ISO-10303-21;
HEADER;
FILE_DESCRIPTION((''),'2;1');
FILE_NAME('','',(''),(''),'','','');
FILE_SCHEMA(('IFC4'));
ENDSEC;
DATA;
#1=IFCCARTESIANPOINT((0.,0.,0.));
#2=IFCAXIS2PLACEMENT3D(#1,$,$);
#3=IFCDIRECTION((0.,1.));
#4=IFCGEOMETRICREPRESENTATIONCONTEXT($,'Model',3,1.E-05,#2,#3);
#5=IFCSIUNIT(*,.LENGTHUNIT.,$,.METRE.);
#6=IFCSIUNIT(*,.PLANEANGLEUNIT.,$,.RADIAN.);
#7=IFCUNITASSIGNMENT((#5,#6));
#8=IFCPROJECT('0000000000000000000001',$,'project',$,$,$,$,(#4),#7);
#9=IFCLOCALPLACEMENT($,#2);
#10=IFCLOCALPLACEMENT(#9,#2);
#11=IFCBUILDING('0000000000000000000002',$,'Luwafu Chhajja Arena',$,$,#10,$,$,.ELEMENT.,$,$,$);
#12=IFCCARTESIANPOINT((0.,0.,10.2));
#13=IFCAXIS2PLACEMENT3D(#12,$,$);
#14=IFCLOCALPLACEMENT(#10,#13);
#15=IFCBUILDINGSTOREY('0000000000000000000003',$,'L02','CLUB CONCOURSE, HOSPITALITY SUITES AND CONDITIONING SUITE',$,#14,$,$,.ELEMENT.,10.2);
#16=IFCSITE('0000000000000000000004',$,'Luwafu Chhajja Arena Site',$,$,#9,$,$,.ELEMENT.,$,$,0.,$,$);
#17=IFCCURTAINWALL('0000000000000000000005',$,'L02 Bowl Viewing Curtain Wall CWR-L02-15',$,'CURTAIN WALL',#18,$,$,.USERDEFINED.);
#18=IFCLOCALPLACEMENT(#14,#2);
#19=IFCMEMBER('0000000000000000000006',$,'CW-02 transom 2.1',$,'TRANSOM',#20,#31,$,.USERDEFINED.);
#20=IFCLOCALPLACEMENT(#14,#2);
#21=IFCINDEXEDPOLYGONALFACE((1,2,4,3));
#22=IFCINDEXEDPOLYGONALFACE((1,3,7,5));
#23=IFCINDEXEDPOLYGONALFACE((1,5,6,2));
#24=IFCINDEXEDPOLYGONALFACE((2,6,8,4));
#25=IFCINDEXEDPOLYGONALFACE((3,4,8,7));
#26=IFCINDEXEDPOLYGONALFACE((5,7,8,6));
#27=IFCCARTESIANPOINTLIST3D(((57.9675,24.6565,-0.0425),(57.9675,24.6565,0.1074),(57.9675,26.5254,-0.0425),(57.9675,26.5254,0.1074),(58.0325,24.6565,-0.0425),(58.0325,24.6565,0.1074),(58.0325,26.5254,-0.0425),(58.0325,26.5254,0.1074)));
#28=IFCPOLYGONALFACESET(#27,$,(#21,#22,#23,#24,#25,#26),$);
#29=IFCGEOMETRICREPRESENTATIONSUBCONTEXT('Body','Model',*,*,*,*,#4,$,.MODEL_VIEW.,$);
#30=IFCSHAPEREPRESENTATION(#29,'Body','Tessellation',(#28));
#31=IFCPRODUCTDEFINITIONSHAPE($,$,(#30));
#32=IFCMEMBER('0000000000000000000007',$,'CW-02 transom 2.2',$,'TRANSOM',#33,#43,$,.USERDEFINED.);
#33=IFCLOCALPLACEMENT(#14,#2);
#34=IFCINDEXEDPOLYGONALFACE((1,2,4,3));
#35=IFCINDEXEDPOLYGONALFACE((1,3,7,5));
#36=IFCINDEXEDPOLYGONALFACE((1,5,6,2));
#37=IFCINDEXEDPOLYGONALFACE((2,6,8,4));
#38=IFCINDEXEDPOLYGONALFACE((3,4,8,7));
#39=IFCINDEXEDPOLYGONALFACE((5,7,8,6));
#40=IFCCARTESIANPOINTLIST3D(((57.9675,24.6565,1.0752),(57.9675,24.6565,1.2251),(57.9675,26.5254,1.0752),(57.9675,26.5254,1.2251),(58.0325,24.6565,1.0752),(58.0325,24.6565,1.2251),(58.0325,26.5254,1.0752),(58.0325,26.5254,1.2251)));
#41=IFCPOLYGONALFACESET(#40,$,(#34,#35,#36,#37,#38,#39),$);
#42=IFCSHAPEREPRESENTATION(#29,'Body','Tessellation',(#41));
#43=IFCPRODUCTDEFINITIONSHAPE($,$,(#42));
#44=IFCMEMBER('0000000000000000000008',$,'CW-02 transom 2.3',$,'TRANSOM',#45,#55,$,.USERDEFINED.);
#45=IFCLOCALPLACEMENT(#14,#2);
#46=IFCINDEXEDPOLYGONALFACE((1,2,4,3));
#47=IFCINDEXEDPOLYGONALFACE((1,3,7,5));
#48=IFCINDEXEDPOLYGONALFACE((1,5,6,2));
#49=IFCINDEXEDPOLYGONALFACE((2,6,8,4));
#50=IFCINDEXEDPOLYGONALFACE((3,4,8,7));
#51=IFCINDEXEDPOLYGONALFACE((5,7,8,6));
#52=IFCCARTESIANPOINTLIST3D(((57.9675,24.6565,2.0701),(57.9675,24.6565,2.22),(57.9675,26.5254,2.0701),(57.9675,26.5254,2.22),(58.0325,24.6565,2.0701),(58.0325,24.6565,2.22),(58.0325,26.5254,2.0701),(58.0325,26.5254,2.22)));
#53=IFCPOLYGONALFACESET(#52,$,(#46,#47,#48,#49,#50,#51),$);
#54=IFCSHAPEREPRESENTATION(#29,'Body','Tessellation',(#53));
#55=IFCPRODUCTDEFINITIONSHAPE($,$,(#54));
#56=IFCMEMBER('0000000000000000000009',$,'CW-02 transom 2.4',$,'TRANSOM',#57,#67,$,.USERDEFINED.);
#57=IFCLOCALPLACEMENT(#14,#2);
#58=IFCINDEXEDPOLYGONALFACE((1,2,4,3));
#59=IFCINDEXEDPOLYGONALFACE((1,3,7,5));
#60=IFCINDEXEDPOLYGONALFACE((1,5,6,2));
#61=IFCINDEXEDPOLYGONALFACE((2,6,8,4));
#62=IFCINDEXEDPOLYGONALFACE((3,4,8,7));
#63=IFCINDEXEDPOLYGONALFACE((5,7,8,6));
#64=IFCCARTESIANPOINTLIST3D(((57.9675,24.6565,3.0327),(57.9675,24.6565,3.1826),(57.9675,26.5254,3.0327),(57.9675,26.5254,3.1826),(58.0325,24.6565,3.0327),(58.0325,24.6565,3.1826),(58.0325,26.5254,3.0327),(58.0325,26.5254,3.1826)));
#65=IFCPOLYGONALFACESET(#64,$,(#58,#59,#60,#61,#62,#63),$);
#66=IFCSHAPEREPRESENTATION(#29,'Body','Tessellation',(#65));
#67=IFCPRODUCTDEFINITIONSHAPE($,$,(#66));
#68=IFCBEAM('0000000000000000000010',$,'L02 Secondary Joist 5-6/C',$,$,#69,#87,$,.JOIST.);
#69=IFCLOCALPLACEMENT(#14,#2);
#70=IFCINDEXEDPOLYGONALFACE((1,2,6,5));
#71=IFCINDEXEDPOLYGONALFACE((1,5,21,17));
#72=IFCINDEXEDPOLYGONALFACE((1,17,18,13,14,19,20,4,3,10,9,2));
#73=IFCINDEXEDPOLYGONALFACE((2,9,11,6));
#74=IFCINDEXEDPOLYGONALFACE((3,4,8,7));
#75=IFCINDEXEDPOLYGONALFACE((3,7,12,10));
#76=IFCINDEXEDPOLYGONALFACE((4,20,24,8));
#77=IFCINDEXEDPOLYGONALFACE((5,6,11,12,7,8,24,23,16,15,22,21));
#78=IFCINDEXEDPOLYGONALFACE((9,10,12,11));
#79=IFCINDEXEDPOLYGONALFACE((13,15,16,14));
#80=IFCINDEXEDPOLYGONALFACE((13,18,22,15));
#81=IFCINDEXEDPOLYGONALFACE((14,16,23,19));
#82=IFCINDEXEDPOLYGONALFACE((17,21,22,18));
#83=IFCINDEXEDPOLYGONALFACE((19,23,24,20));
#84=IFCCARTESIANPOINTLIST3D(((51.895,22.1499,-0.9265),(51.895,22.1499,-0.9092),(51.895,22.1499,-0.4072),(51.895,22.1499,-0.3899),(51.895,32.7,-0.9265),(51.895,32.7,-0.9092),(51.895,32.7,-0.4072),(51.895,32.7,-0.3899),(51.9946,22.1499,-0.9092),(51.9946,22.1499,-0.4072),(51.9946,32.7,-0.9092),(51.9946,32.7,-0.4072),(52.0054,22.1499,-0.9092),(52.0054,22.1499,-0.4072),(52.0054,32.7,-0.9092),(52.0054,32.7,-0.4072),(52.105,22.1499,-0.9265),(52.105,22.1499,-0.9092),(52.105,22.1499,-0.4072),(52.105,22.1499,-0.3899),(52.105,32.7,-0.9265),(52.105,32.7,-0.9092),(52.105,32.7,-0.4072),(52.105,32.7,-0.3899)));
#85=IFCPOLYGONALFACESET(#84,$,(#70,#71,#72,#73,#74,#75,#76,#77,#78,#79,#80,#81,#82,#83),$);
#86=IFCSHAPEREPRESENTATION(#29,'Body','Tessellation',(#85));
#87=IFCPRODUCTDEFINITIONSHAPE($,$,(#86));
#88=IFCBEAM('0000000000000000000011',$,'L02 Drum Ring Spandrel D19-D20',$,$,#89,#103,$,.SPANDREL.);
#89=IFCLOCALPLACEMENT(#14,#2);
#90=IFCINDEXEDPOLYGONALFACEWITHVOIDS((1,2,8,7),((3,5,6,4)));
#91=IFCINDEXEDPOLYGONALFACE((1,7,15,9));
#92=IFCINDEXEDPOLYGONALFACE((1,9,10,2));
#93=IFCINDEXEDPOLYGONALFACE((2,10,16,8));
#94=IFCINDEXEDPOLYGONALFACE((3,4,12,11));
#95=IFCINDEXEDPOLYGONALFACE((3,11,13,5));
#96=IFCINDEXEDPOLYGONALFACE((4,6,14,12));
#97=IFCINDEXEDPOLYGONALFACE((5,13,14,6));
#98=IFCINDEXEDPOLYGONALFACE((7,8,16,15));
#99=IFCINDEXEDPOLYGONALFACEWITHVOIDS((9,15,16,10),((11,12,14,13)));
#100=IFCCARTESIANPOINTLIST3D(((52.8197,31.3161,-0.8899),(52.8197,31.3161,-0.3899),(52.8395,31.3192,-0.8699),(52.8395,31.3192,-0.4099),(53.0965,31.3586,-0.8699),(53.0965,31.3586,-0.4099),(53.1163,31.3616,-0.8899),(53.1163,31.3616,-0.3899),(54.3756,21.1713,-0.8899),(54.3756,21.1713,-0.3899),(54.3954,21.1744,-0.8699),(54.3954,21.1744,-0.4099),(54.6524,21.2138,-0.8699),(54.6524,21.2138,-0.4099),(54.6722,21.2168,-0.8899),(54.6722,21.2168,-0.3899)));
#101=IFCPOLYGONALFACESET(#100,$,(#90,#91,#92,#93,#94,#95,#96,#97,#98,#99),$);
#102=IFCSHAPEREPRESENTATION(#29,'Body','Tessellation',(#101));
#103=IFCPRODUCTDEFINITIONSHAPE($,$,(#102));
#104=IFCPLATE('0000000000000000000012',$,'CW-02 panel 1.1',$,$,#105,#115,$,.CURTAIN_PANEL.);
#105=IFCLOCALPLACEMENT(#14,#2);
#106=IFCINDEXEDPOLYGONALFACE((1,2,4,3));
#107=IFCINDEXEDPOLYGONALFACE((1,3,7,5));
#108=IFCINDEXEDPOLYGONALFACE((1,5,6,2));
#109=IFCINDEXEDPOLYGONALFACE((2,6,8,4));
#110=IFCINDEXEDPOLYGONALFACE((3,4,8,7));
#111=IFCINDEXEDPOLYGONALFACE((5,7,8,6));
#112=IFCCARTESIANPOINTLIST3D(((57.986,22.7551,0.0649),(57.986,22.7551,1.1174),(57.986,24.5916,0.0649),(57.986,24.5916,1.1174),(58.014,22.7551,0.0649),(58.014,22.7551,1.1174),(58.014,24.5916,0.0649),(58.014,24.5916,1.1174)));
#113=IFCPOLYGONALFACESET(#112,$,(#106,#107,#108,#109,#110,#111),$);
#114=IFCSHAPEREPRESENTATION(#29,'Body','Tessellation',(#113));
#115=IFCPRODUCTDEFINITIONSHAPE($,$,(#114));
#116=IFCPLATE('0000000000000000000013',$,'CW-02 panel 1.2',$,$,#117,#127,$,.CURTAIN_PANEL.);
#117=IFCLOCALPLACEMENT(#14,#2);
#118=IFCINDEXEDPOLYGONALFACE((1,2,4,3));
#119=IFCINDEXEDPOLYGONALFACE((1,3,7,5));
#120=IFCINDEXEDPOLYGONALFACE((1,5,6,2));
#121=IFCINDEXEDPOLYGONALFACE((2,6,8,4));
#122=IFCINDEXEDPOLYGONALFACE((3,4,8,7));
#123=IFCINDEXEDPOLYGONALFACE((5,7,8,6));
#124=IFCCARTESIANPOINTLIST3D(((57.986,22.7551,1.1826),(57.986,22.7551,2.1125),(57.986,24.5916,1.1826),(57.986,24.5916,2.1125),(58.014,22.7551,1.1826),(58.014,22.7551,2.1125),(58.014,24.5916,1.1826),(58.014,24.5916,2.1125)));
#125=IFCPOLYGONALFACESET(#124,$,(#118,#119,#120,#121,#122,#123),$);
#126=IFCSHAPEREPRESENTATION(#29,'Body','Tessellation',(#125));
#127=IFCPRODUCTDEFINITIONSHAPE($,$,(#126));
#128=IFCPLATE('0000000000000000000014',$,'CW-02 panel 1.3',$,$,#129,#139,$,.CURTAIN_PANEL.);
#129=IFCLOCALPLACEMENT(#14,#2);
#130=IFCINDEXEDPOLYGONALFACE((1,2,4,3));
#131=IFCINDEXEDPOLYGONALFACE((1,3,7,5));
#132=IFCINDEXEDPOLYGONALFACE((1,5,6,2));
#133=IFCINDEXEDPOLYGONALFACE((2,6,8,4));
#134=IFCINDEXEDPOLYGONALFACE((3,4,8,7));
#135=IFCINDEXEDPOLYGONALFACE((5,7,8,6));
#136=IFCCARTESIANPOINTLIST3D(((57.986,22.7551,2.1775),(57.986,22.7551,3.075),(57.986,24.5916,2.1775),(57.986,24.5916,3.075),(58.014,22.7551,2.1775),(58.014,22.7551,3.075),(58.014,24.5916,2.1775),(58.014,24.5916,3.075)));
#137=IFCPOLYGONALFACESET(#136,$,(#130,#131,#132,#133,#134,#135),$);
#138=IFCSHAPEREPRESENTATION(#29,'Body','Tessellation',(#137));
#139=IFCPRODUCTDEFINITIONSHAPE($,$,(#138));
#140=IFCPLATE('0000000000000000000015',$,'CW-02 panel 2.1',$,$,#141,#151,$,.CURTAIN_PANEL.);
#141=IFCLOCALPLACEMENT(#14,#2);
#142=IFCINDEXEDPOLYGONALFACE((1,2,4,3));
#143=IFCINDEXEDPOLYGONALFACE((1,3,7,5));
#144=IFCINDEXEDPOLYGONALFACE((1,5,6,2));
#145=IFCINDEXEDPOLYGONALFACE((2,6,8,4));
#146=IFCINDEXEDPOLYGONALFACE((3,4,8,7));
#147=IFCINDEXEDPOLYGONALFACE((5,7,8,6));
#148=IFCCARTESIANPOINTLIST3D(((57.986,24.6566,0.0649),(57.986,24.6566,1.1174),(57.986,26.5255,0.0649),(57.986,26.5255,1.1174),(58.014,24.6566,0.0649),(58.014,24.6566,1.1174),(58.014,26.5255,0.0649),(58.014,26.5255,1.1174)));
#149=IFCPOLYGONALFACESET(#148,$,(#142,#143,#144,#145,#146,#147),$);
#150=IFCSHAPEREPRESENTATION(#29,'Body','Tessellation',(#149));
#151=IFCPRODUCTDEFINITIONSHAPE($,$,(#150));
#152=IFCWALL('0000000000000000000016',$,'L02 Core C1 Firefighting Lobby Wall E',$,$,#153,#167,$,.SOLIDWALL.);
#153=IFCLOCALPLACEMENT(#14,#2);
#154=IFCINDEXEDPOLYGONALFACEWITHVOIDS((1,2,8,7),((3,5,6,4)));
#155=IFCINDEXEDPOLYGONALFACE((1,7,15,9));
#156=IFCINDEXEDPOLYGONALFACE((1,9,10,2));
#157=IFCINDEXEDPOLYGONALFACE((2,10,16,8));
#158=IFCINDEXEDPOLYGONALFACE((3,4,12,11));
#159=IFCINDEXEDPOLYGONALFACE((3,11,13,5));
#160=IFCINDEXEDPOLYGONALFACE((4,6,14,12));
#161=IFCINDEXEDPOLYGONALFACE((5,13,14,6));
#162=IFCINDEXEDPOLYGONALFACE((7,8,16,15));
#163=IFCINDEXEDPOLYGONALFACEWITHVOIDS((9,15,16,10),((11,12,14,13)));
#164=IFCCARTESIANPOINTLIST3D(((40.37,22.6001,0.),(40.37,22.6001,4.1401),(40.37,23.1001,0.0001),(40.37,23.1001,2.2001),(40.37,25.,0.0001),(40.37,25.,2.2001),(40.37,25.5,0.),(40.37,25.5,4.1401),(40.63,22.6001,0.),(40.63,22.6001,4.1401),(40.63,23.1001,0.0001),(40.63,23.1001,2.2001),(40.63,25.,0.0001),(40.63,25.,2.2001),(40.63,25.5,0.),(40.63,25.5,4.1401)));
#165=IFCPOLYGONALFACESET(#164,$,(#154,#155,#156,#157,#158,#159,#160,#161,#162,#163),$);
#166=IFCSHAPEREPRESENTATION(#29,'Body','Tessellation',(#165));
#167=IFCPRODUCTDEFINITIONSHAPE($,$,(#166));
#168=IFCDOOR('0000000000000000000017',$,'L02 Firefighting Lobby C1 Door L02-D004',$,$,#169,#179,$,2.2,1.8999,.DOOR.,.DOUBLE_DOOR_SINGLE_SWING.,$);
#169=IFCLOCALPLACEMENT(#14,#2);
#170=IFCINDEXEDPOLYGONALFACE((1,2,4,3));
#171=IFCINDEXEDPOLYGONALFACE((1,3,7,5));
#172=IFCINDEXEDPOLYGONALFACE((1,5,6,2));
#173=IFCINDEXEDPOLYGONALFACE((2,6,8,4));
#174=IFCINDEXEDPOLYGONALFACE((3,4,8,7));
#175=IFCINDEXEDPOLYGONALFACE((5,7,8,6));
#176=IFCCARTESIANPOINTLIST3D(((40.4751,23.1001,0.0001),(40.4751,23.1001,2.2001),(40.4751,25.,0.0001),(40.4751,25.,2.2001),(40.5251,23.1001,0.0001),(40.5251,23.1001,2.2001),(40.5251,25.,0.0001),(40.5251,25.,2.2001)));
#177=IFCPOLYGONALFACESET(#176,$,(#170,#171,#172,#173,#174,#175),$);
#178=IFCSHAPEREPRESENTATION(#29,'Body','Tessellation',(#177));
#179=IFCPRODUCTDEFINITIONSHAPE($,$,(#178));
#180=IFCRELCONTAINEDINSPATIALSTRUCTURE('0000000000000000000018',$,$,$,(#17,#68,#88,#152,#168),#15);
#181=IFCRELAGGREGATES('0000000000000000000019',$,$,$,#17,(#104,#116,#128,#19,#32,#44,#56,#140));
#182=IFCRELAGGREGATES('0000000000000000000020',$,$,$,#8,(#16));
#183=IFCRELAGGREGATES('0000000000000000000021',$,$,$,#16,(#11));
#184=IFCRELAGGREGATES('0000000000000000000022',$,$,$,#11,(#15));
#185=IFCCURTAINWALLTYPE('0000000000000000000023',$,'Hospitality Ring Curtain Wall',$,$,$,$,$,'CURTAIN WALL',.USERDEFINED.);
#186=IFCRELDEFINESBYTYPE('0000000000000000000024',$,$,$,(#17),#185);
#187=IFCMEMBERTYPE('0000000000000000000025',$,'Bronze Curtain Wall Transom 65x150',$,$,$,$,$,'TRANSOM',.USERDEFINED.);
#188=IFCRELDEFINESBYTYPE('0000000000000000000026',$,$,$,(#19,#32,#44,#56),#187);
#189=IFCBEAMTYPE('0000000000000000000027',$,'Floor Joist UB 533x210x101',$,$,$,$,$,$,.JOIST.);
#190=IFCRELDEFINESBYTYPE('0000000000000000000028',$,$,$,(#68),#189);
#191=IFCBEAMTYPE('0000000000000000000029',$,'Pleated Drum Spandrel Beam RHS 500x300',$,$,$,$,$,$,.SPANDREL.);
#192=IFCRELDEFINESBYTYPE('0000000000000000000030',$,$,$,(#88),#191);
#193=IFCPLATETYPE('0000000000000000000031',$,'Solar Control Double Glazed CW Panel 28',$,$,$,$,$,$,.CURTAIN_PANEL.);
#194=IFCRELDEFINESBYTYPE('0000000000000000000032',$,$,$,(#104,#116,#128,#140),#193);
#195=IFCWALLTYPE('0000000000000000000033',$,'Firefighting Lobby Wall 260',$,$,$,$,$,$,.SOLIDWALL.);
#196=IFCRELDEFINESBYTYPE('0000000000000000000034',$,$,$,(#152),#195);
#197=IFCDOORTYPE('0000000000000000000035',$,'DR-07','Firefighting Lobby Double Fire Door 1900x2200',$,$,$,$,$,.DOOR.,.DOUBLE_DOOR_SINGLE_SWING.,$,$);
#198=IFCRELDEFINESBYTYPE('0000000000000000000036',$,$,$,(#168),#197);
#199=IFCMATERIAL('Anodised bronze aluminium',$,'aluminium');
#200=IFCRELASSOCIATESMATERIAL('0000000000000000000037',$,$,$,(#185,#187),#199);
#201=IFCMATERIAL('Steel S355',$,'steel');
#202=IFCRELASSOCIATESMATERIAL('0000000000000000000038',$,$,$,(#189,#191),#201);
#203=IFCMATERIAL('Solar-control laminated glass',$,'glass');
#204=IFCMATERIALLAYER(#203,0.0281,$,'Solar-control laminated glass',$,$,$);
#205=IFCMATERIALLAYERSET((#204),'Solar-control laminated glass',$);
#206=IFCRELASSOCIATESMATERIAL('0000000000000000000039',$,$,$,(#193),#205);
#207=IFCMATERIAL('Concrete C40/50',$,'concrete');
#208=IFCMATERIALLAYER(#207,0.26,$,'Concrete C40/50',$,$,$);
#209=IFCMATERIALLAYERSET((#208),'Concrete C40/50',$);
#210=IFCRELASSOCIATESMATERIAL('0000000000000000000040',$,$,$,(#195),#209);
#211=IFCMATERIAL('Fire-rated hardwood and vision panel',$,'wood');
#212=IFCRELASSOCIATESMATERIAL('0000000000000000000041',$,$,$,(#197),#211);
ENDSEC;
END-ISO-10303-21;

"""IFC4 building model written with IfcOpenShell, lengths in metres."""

from ifc_helpers import new_model, si_unit, direction, frame, frame_2d, origin, origin_2d, place, context, subcontext, project, spatial, rectangle, hollow_rectangle, i_section, extrude, material, layer, layer_set, material_profile, profile_set, type_object, element, fill, aggregate, save


model = new_model("IFC4")

# Units and contexts
model_context = context("Model", 3, precision=1e-05, world=origin(), true_north=direction((0.0, 1.0)))
body_context = subcontext(model_context, "Body", "Model", "MODEL_VIEW")
ifc_project = project(units=[si_unit("LENGTHUNIT", "METRE"), si_unit("PLANEANGLEUNIT", "RADIAN")], contexts=[model_context])

# Site, building, storey
site_placement = place(None, origin())
site = spatial("IfcSite", under=ifc_project, at=site_placement, Name="Luwafu Chhajja Arena Site", CompositionType="ELEMENT", RefElevation=0.0)
building_placement = place(site_placement, origin())
building = spatial("IfcBuilding", under=site, at=building_placement, Name="Luwafu Chhajja Arena", CompositionType="ELEMENT")
storey_placement = place(building_placement, frame((0.0, 0.0, 10.2)))
storey = spatial("IfcBuildingStorey", under=building, at=storey_placement, Name="L02", Description="CLUB CONCOURSE, HOSPITALITY SUITES AND CONDITIONING SUITE", CompositionType="ELEMENT", Elevation=10.2)

# Shared definitions
ifc_material_1 = material(Name="Steel S355", Category="steel")

# Curtain wall, members
ifc_material_2 = material(Name="Anodised bronze aluminium", Category="aluminium")
curtain_wall_type = type_object("IfcCurtainWallType", Name="Hospitality Ring Curtain Wall", ElementType="CURTAIN WALL", PredefinedType="USERDEFINED", material=ifc_material_2)
curtain_wall_placement = place(storey_placement, origin())
curtain_wall = element("IfcCurtainWall", 1, at=curtain_wall_placement, inside=storey, type_object=curtain_wall_type, Name="L02 Bowl Viewing Curtain Wall CWR-L02-15", ObjectType="CURTAIN WALL", PredefinedType="USERDEFINED")
ifc_material_profile_1 = material_profile(ifc_material_2, rectangle(XDim=0.0649, YDim=0.1499, at=origin_2d()), Name="CWT 65x150")
ifc_profile_set_1 = profile_set([ifc_material_profile_1], Name="Anodised bronze aluminium")
member_type_1 = type_object("IfcMemberType", Name="Bronze Curtain Wall Transom 65x150", ElementType="TRANSOM", PredefinedType="USERDEFINED", material=ifc_profile_set_1)
member_1_placement = place(storey_placement, frame((58.0, 24.6565, 0.0325), z_axis=(0.0, 1.0, 0.0), x_axis=(-1.0, 0.0, 0.0)))
member_1 = element("IfcMember", 2, at=member_1_placement, type_object=member_type_1, Name="CW-02 transom 2.1", ObjectType="TRANSOM", PredefinedType="USERDEFINED", context=body_context, shape_type="SweptSolid", body=[
    extrude(rectangle(XDim=0.0649, YDim=0.1499, at=origin_2d()), origin(), (0.0, 0.0, 1.0), 1.8689),
])
member_2_placement = place(storey_placement, frame((58.0, 24.6565, 1.1501), z_axis=(0.0, 1.0, 0.0), x_axis=(-1.0, 0.0, 0.0)))
member_2 = element("IfcMember", 3, at=member_2_placement, type_object=member_type_1, Name="CW-02 transom 2.2", ObjectType="TRANSOM", PredefinedType="USERDEFINED", context=body_context, shape_type="SweptSolid", body=[
    extrude(rectangle(XDim=0.0649, YDim=0.1499, at=origin_2d()), origin(), (0.0, 0.0, 1.0), 1.8689),
])
member_3_placement = place(storey_placement, frame((58.0, 24.6565, 2.145), z_axis=(0.0, 1.0, 0.0), x_axis=(-1.0, 0.0, 0.0)))
member_3 = element("IfcMember", 4, at=member_3_placement, type_object=member_type_1, Name="CW-02 transom 2.3", ObjectType="TRANSOM", PredefinedType="USERDEFINED", context=body_context, shape_type="SweptSolid", body=[
    extrude(rectangle(XDim=0.0649, YDim=0.1499, at=origin_2d()), origin(), (0.0, 0.0, 1.0), 1.8689),
])
member_4_placement = place(storey_placement, frame((58.0, 24.6565, 3.1077), z_axis=(0.0, 1.0, 0.0), x_axis=(-1.0, 0.0, 0.0)))
member_4 = element("IfcMember", 5, at=member_4_placement, type_object=member_type_1, Name="CW-02 transom 2.4", ObjectType="TRANSOM", PredefinedType="USERDEFINED", context=body_context, shape_type="SweptSolid", body=[
    extrude(rectangle(XDim=0.0649, YDim=0.1499, at=origin_2d()), origin(), (0.0, 0.0, 1.0), 1.8689),
])

# Beams
ifc_material_profile_2 = material_profile(ifc_material_1, i_section(OverallWidth=0.21, OverallDepth=0.5366, WebThickness=0.0107, FlangeThickness=0.0173, at=origin_2d()), Name="UB 533x210x101")
ifc_profile_set_2 = profile_set([ifc_material_profile_2], Name="Steel S355")
beam_type_1 = type_object("IfcBeamType", Name="Floor Joist UB 533x210x101", PredefinedType="JOIST", material=ifc_profile_set_2)
beam_1_placement = place(storey_placement, frame((52.0, 22.1499, -0.6582), z_axis=(0.0, 1.0, 0.0), x_axis=(-1.0, 0.0, 0.0)))
element("IfcBeam", 6, at=beam_1_placement, inside=storey, type_object=beam_type_1, Name="L02 Secondary Joist 5-6/C", PredefinedType="JOIST", context=body_context, shape_type="SweptSolid", body=[
    extrude(i_section(OverallWidth=0.21, OverallDepth=0.5366, WebThickness=0.0107, FlangeThickness=0.0173, at=origin_2d()), origin(), (0.0, 0.0, 1.0), 10.55),
])
ifc_material_profile_3 = material_profile(ifc_material_1, hollow_rectangle(XDim=0.3, YDim=0.5, WallThickness=0.02, at=origin_2d()), Name="RHS 500x300x20")
ifc_profile_set_3 = profile_set([ifc_material_profile_3], Name="Steel S355")
beam_type_2 = type_object("IfcBeamType", Name="Pleated Drum Spandrel Beam RHS 500x300", PredefinedType="SPANDREL", material=ifc_profile_set_3)
beam_2_placement = place(storey_placement, frame((52.968, 31.3389, -0.6399), z_axis=(0.151598, -0.988442, 0.0), x_axis=(0.988442, 0.151598, 0.0)))
element("IfcBeam", 7, at=beam_2_placement, inside=storey, type_object=beam_type_2, Name="L02 Drum Ring Spandrel D19-D20", PredefinedType="SPANDREL", context=body_context, shape_type="SweptSolid", body=[
    extrude(hollow_rectangle(XDim=0.3, YDim=0.5, WallThickness=0.02, at=origin_2d()), origin(), (0.0, 0.0, 1.0), 10.2634),
])

# Plates
ifc_material_3 = material(Name="Solar-control laminated glass", Category="glass")
ifc_layer_1 = layer(ifc_material_3, 0.0281, Name="Solar-control laminated glass")
ifc_layer_set_1 = layer_set([ifc_layer_1], Name="Solar-control laminated glass")
plate_type = type_object("IfcPlateType", Name="Solar Control Double Glazed CW Panel 28", PredefinedType="CURTAIN_PANEL", material=ifc_layer_set_1)
plate_1_placement = place(storey_placement, frame((58.0, 23.6733, 0.0649), z_axis=(0.0, 0.0, 1.0), x_axis=(0.0, 1.0, 0.0)))
plate_1 = element("IfcPlate", 8, at=plate_1_placement, type_object=plate_type, Name="CW-02 panel 1.1", PredefinedType="CURTAIN_PANEL", context=body_context, shape_type="SweptSolid", body=[
    extrude(rectangle(XDim=1.8364, YDim=0.0281, at=origin_2d()), origin(), (0.0, 0.0, 1.0), 1.0525),
])
plate_2_placement = place(storey_placement, frame((58.0, 23.6733, 1.1826), z_axis=(0.0, 0.0, 1.0), x_axis=(0.0, 1.0, 0.0)))
plate_2 = element("IfcPlate", 9, at=plate_2_placement, type_object=plate_type, Name="CW-02 panel 1.2", PredefinedType="CURTAIN_PANEL", context=body_context, shape_type="SweptSolid", body=[
    extrude(rectangle(XDim=1.8364, YDim=0.0281, at=origin_2d()), origin(), (0.0, 0.0, 1.0), 0.9299),
])
plate_3_placement = place(storey_placement, frame((58.0, 23.6733, 2.1775), z_axis=(0.0, 0.0, 1.0), x_axis=(0.0, 1.0, 0.0)))
plate_3 = element("IfcPlate", 10, at=plate_3_placement, type_object=plate_type, Name="CW-02 panel 1.3", PredefinedType="CURTAIN_PANEL", context=body_context, shape_type="SweptSolid", body=[
    extrude(rectangle(XDim=1.8364, YDim=0.0281, at=origin_2d()), origin(), (0.0, 0.0, 1.0), 0.8975),
])
plate_4_placement = place(storey_placement, frame((58.0, 25.5911, 0.0649), z_axis=(0.0, 0.0, 1.0), x_axis=(0.0, 1.0, 0.0)))
plate_4 = element("IfcPlate", 11, at=plate_4_placement, type_object=plate_type, Name="CW-02 panel 2.1", PredefinedType="CURTAIN_PANEL", context=body_context, shape_type="SweptSolid", body=[
    extrude(rectangle(XDim=1.8689, YDim=0.0281, at=origin_2d()), origin(), (0.0, 0.0, 1.0), 1.0525),
])
aggregate(curtain_wall, [plate_1, plate_2, plate_3, member_1, member_2, member_3, member_4, plate_4])

# Wall, opening, door
ifc_material_4 = material(Name="Concrete C40/50", Category="concrete")
ifc_layer_2 = layer(ifc_material_4, 0.26, Name="Concrete C40/50")
ifc_layer_set_2 = layer_set([ifc_layer_2], Name="Concrete C40/50")
wall_type_1 = type_object("IfcWallType", Name="Firefighting Lobby Wall 260", PredefinedType="SOLIDWALL", material=ifc_layer_set_2)
wall_1_placement = place(storey_placement, frame((40.5, 22.6001, 0.0), z_axis=(0.0, 0.0, 1.0), x_axis=(0.0, 1.0, 0.0)))
wall_1 = element("IfcWall", 12, at=wall_1_placement, inside=storey, type_object=wall_type_1, Name="L02 Core C1 Firefighting Lobby Wall E", PredefinedType="SOLIDWALL", context=body_context, shape_type="SweptSolid", body=[
    extrude(rectangle(XDim=2.8999, YDim=0.26, at=frame_2d((1.45, 0.0))), origin(), (0.0, 0.0, 1.0), 4.1401),
])
opening_1_placement = place(wall_1_placement, frame((0.5, 0.0, 0.0)))
opening_1 = element("IfcOpeningElement", 13, at=opening_1_placement, cuts=wall_1, PredefinedType="OPENING", context=body_context, shape_type="SweptSolid", body=[
    extrude(rectangle(XDim=1.8999, YDim=2.2, at=frame_2d((0.95, 1.1001))), frame((0.0, 0.1399, 0.0), z_axis=(0.0, -1.0, 0.0), x_axis=(1.0, 0.0, 0.0)), (0.0, 0.0, 1.0), 0.28),
])
ifc_material_5 = material(Name="Fire-rated hardwood and vision panel", Category="wood")
door_type_1 = type_object("IfcDoorType", Name="DR-07", Description="Firefighting Lobby Double Fire Door 1900x2200", OperationType="DOUBLE_DOOR_SINGLE_SWING", PredefinedType="DOOR", material=ifc_material_5)
door_1_placement = place(opening_1_placement, origin())
door_1 = element("IfcDoor", 14, at=door_1_placement, inside=storey, type_object=door_type_1, Name="L02 Firefighting Lobby C1 Door L02-D004", OperationType="DOUBLE_DOOR_SINGLE_SWING", OverallHeight=2.2, OverallWidth=1.8999, PredefinedType="DOOR", context=body_context, shape_type="SweptSolid", body=[
    extrude(rectangle(XDim=1.8999, YDim=2.2, at=frame_2d((0.95, 1.1001))), frame((0.0, 0.0249, 0.0), z_axis=(0.0, -1.0, 0.0), x_axis=(1.0, 0.0, 0.0)), (0.0, 0.0, 1.0), 0.05),
])
fill(opening_1, door_1)

save(model, "model.ifc")
